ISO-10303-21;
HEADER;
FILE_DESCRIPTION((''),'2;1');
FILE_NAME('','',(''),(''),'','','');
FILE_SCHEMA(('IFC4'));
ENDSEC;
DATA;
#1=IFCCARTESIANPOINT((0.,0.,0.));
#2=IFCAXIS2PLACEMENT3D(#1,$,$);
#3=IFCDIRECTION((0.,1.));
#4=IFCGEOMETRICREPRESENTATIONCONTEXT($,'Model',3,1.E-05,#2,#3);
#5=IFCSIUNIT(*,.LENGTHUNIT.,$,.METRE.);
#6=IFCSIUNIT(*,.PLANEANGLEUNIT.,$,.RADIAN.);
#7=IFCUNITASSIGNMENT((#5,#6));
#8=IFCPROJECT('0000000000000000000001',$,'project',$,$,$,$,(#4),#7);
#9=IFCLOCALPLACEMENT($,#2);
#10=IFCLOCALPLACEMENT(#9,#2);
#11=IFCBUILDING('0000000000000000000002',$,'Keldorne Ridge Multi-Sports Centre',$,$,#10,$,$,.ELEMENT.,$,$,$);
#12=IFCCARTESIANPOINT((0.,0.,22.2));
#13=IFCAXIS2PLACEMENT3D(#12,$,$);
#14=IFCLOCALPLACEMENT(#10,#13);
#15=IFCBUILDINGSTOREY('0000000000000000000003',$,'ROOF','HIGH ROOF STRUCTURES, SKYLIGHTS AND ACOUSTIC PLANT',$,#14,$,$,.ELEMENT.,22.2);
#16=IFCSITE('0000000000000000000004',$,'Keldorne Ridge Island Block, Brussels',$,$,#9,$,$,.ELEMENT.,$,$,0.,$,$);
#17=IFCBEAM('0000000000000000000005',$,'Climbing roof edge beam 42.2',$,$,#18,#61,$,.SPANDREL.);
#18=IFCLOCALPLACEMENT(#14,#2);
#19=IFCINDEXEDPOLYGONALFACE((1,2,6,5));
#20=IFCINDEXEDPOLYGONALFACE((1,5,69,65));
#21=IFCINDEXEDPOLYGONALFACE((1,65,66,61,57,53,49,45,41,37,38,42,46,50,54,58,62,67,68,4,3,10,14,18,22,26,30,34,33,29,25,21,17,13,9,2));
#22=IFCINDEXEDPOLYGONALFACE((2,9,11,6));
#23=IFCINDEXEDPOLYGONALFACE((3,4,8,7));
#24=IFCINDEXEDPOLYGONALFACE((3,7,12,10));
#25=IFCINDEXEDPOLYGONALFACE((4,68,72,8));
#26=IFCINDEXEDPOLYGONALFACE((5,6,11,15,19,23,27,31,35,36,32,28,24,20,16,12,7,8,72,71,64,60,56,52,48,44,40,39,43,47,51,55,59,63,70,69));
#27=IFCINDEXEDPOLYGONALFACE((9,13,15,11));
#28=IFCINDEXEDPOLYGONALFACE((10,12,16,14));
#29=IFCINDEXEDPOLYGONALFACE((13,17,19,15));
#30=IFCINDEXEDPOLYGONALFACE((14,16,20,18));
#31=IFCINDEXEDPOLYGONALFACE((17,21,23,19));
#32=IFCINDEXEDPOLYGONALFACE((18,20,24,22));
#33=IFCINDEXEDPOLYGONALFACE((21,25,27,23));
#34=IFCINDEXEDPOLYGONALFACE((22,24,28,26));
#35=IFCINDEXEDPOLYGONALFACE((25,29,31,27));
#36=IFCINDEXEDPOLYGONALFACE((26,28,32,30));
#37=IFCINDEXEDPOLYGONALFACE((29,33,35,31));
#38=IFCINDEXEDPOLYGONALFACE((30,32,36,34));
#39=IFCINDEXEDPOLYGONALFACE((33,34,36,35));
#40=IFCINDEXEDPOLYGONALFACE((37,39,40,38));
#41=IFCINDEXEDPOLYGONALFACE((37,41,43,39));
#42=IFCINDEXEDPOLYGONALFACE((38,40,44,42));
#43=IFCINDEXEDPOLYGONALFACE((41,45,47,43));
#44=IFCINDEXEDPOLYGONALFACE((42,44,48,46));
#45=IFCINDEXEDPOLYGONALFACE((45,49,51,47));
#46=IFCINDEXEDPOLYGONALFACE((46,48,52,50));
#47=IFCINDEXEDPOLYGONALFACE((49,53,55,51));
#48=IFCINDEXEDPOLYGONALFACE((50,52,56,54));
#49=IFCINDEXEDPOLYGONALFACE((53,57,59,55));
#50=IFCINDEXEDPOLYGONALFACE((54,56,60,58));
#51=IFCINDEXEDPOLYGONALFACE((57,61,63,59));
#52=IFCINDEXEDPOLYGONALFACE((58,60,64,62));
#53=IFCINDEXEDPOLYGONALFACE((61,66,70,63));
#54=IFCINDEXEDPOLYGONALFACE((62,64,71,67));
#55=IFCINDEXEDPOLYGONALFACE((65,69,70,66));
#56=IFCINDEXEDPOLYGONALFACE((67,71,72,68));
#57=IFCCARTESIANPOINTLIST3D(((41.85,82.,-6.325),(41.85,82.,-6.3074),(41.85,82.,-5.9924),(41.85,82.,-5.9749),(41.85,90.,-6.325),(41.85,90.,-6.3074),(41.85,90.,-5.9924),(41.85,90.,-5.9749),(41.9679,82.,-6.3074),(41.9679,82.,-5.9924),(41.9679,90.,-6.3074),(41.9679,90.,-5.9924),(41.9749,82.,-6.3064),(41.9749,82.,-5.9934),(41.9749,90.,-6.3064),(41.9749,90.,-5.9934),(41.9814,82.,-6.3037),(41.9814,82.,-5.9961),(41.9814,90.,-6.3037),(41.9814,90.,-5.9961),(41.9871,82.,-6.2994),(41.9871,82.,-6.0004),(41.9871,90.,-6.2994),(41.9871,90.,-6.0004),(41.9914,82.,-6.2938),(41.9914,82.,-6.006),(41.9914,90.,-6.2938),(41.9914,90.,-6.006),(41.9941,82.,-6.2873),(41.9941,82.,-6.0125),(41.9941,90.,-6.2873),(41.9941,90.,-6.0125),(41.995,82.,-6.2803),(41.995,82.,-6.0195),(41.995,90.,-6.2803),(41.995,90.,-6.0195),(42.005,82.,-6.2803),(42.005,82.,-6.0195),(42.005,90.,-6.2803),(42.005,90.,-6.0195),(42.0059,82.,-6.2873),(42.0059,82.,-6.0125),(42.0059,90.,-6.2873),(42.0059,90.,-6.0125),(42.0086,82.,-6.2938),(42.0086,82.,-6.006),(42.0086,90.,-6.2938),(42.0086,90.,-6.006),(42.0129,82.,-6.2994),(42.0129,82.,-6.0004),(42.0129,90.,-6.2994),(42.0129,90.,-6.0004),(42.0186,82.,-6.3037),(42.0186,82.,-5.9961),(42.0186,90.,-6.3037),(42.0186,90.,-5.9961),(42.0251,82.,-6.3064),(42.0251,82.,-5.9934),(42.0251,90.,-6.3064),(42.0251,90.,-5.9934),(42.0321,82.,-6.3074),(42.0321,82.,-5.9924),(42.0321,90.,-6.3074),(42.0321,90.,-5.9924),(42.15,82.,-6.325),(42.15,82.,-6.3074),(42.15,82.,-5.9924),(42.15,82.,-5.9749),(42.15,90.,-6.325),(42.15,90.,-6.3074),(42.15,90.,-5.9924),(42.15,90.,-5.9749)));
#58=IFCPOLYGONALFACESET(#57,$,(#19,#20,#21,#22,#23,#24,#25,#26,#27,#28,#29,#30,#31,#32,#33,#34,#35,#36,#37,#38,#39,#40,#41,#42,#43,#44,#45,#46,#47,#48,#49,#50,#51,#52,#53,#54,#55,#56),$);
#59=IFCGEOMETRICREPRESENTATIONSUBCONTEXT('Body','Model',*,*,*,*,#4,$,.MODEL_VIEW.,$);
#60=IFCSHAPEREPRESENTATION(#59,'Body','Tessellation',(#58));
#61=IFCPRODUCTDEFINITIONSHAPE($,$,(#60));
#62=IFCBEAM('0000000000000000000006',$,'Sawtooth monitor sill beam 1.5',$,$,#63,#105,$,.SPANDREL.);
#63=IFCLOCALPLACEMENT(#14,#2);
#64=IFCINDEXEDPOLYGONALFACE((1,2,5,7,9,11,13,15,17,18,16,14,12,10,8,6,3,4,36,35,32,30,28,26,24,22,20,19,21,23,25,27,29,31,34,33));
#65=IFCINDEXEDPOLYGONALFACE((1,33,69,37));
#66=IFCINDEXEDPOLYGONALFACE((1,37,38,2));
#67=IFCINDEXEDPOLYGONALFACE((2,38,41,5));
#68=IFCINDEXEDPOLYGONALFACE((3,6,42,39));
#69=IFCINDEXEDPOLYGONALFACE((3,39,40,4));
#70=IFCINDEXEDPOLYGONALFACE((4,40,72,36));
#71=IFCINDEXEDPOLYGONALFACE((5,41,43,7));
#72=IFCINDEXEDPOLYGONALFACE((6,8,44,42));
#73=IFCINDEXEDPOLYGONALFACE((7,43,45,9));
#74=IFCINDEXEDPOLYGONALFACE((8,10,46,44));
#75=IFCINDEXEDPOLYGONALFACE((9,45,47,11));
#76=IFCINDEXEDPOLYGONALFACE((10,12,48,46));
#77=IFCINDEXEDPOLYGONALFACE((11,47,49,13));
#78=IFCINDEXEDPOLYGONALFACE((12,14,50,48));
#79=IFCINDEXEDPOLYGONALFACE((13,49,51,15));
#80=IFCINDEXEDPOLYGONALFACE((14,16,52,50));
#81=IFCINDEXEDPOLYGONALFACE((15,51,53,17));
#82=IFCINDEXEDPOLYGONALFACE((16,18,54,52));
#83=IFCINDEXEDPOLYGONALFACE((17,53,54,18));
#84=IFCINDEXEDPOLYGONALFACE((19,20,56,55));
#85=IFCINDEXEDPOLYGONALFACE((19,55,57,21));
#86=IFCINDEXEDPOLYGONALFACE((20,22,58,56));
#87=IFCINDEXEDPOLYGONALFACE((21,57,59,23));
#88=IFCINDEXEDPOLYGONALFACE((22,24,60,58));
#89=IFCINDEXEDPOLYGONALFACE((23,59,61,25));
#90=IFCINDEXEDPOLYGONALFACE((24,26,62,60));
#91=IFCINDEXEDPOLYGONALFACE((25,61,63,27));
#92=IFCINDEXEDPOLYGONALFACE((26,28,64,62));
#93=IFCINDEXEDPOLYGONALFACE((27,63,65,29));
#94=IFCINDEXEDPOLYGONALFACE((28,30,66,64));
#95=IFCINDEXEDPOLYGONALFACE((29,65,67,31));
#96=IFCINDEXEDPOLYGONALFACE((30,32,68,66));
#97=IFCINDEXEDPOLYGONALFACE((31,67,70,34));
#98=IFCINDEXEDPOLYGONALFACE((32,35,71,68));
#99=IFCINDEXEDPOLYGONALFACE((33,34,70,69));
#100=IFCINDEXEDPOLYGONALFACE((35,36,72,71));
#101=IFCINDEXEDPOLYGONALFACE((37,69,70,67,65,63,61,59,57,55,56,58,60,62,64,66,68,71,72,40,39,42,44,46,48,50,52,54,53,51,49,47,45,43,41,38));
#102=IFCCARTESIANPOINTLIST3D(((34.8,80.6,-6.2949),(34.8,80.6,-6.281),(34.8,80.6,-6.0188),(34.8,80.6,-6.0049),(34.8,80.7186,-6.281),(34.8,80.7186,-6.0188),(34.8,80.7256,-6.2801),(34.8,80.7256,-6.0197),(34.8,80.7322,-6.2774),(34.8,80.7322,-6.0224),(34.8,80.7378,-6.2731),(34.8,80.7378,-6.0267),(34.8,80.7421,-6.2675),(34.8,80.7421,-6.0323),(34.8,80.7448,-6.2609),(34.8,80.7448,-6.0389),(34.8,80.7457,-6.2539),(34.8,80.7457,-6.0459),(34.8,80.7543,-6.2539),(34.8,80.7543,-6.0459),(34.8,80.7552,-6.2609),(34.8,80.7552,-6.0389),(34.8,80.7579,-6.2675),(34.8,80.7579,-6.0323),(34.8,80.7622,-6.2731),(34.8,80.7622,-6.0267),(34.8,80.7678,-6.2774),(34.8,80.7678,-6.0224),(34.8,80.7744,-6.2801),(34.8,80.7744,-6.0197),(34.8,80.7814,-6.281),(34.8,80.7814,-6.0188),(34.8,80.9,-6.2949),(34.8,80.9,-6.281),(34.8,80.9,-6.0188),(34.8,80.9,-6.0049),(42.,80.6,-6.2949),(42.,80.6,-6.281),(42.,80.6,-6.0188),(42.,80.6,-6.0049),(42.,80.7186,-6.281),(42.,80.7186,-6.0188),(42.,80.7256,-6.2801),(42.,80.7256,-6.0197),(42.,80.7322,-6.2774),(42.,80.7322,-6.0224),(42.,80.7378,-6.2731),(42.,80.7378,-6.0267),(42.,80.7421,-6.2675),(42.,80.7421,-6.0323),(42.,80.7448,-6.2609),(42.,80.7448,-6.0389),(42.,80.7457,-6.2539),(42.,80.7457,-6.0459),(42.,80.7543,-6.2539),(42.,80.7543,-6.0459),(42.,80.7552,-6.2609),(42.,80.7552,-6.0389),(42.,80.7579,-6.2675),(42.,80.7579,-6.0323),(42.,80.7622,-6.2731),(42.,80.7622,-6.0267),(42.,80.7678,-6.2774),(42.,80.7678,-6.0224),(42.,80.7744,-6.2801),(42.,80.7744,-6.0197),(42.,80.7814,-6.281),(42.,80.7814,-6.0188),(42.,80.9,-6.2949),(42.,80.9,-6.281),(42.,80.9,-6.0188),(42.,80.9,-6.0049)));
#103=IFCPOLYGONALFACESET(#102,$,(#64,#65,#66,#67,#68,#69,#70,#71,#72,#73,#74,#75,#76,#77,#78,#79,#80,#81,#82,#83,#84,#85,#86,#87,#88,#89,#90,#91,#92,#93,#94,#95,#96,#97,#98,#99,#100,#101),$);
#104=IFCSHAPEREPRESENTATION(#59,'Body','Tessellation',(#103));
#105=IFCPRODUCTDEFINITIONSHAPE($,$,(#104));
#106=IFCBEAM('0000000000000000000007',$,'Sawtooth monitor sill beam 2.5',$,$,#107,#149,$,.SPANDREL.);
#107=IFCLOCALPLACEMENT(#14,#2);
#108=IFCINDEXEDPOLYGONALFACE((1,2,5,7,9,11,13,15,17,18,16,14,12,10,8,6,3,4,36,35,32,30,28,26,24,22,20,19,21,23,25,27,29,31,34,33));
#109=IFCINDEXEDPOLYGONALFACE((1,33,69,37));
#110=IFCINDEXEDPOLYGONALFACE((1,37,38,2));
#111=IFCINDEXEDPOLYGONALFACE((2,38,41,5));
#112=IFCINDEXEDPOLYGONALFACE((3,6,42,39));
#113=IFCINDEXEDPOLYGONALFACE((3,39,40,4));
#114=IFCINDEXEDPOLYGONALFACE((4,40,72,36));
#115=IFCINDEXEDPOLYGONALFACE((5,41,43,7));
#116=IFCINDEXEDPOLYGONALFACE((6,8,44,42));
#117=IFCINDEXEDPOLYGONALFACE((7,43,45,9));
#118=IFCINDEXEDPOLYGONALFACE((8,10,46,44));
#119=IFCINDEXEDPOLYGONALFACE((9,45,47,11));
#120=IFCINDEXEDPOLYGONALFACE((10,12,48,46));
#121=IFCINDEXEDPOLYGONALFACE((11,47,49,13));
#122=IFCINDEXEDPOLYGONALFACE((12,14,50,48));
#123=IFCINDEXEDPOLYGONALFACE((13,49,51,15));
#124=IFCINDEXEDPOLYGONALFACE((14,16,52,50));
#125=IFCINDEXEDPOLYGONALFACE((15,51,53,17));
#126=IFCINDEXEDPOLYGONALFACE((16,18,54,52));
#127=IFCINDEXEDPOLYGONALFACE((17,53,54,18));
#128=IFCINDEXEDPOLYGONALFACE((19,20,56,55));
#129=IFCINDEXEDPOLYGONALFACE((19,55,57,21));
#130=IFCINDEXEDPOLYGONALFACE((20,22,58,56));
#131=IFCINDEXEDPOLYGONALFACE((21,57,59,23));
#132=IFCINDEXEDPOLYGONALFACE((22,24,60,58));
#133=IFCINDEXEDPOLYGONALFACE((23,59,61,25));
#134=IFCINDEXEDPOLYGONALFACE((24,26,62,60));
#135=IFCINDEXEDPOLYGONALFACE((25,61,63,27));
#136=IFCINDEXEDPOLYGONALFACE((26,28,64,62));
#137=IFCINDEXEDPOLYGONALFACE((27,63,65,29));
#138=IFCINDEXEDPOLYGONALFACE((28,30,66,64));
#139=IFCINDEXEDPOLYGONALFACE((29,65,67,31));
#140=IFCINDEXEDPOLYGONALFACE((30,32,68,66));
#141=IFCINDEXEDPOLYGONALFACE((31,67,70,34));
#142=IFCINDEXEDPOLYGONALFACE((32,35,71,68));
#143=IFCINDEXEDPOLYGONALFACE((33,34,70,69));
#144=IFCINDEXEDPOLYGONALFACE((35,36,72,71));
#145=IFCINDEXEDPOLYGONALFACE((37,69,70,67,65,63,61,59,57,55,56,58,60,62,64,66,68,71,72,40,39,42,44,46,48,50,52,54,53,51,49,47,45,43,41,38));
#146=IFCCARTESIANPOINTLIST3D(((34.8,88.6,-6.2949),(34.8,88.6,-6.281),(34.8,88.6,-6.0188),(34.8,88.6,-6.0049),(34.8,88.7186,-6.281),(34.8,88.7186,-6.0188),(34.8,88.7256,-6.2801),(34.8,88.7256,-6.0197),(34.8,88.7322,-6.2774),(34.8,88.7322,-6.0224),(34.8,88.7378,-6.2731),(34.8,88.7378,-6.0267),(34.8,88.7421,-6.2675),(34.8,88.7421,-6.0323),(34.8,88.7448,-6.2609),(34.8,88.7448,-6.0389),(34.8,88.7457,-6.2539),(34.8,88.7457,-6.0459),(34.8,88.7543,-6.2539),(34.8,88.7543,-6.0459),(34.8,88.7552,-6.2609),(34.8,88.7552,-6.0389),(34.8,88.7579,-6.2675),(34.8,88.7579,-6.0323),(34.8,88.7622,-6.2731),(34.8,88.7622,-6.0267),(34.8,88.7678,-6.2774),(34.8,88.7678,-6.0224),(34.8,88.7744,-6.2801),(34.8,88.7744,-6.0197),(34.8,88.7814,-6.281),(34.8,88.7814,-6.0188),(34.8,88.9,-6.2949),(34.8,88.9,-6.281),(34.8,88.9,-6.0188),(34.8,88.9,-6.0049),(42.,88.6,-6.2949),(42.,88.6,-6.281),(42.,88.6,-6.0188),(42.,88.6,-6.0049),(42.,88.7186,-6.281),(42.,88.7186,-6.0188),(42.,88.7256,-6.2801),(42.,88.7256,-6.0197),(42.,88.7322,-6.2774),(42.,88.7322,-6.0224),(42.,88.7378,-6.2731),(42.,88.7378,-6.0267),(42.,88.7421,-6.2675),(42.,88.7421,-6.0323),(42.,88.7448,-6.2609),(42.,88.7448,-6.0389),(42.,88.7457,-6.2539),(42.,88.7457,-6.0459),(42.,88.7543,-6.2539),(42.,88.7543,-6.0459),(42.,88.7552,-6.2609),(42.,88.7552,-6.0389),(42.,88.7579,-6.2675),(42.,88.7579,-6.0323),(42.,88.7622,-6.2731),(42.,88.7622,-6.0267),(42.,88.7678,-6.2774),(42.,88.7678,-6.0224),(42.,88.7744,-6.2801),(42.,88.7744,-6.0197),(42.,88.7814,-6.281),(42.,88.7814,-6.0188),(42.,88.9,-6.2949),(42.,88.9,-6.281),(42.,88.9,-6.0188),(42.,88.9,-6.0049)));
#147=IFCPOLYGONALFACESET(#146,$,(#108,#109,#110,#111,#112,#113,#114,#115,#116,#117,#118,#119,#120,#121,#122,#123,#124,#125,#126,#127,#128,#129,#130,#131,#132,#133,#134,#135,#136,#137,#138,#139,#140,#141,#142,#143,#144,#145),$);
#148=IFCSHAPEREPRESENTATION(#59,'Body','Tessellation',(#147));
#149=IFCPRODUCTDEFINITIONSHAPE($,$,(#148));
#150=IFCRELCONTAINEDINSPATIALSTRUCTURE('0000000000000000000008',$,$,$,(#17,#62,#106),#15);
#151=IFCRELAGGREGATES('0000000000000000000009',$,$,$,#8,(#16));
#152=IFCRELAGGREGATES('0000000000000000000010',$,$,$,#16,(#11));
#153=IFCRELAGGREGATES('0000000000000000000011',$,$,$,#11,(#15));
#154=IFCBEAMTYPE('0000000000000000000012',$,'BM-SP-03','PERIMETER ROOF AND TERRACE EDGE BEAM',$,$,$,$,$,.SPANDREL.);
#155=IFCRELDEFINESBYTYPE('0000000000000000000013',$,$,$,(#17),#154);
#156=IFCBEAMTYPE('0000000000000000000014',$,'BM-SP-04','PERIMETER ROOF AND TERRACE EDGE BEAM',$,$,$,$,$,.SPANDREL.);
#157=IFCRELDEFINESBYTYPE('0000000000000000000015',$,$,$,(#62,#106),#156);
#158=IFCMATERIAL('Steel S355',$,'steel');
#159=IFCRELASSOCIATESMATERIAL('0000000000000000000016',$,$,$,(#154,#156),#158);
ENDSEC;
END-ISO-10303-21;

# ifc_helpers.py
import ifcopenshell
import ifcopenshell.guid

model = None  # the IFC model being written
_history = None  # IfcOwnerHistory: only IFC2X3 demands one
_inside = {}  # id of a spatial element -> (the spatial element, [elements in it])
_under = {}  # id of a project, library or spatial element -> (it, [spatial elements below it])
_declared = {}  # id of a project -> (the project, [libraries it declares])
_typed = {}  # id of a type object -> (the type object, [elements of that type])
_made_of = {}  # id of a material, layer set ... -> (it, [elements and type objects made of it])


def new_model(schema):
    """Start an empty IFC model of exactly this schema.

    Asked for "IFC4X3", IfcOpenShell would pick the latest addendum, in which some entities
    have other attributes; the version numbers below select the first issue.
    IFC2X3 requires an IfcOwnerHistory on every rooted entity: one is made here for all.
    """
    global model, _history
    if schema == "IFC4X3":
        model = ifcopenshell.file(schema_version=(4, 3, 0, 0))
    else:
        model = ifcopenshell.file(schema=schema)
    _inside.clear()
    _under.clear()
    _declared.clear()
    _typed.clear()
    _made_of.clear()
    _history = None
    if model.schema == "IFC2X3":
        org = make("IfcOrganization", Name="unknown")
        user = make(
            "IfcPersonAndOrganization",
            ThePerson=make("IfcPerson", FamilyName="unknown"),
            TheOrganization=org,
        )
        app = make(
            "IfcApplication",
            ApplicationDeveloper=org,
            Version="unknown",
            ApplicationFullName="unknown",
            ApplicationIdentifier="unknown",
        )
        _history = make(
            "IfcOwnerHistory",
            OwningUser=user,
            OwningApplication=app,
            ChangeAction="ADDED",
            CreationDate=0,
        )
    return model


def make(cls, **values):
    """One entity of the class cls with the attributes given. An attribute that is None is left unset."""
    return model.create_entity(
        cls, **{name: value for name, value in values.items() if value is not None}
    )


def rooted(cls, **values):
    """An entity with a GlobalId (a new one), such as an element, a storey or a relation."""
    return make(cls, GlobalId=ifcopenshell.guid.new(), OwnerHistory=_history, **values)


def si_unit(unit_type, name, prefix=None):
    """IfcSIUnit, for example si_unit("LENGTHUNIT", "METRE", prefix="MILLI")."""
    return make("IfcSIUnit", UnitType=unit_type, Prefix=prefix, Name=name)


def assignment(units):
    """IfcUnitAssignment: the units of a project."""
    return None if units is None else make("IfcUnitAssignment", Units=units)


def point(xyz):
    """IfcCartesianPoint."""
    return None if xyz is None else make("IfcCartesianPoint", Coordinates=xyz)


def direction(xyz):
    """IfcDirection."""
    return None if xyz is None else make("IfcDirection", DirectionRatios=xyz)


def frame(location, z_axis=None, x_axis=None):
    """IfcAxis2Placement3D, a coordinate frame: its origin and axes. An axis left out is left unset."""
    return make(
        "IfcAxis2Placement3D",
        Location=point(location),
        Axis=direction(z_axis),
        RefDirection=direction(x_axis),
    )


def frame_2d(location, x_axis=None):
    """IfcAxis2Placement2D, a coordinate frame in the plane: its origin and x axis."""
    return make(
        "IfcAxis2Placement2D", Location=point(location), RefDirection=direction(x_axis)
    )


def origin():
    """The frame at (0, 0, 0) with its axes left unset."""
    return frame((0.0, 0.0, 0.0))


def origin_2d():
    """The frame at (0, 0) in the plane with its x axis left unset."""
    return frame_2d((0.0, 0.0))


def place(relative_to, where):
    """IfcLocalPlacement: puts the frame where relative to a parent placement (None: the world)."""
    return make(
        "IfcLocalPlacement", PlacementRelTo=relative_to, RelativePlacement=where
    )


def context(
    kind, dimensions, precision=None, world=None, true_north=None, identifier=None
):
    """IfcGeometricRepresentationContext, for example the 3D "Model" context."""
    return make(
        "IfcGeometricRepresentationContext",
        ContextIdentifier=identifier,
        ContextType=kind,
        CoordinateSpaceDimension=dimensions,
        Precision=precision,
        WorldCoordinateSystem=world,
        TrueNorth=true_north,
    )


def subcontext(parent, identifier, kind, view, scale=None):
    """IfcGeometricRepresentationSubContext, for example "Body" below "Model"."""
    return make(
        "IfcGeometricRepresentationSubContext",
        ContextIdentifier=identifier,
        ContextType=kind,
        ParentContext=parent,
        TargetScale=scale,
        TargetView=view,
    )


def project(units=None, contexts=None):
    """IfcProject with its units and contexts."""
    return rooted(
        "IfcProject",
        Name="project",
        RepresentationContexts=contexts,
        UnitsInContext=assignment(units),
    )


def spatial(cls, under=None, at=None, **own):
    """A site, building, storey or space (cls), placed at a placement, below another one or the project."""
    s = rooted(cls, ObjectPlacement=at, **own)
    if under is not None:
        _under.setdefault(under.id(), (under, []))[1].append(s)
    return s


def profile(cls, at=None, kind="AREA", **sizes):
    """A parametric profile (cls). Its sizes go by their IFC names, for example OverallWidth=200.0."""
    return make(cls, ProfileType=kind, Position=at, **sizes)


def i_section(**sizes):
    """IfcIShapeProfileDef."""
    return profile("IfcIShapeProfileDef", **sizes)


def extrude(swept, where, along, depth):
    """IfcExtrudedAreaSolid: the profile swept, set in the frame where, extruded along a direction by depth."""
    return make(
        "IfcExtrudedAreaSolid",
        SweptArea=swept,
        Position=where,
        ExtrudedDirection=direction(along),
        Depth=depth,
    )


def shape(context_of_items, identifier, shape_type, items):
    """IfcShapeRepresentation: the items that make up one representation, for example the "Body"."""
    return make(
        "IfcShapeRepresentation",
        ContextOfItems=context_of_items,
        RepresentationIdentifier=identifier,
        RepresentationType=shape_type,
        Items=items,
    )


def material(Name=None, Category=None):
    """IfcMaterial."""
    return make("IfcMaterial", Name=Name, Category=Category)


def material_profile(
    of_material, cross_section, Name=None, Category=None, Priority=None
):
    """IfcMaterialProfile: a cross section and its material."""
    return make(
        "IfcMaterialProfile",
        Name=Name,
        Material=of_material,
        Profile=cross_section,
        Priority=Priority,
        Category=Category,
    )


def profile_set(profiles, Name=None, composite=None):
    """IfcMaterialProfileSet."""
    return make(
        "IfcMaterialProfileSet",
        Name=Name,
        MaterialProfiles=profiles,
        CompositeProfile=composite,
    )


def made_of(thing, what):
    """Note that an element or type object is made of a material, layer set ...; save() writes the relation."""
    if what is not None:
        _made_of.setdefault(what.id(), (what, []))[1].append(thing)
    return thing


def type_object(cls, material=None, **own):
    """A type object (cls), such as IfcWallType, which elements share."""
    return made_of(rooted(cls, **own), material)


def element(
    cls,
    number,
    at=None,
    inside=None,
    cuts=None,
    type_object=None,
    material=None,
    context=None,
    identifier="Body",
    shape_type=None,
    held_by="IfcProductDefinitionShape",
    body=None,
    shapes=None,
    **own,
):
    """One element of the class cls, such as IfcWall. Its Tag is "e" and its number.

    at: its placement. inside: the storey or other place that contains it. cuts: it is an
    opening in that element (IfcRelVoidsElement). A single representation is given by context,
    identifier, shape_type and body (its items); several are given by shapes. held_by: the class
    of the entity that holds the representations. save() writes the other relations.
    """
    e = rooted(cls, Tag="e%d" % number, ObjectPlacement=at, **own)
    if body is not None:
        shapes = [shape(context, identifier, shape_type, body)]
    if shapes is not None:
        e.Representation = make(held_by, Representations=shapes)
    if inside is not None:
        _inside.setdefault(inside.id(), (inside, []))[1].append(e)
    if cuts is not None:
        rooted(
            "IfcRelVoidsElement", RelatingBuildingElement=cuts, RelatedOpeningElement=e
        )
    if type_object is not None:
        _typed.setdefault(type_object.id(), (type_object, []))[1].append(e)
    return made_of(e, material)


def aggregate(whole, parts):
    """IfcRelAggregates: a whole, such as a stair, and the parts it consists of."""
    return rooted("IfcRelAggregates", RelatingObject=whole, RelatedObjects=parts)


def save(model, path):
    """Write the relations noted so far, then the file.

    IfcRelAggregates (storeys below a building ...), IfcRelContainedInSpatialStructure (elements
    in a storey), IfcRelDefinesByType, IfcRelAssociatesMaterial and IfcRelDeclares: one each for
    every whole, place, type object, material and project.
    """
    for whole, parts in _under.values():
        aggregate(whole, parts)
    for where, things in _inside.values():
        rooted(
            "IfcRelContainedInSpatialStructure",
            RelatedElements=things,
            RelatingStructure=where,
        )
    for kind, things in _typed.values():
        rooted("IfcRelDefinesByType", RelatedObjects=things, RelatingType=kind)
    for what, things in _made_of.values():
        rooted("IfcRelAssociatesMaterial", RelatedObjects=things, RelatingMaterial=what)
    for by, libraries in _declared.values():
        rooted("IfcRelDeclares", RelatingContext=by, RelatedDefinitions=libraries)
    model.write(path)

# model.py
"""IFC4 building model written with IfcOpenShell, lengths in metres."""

from ifc_helpers import new_model, si_unit, direction, frame, origin, origin_2d, place, context, subcontext, project, spatial, i_section, extrude, material, material_profile, profile_set, type_object, element, save


model = new_model("IFC4")

# Units and contexts
model_context = context("Model", 3, precision=1e-05, world=origin(), true_north=direction((0.0, 1.0)))
body_context = subcontext(model_context, "Body", "Model", "MODEL_VIEW")
ifc_project = project(units=[si_unit("LENGTHUNIT", "METRE"), si_unit("PLANEANGLEUNIT", "RADIAN")], contexts=[model_context])

# Site, building, storey
site_placement = place(None, origin())
site = spatial("IfcSite", under=ifc_project, at=site_placement, Name="Keldorne Ridge Island Block, Brussels", CompositionType="ELEMENT", RefElevation=0.0)
building_placement = place(site_placement, origin())
building = spatial("IfcBuilding", under=site, at=building_placement, Name="Keldorne Ridge Multi-Sports Centre", CompositionType="ELEMENT")
storey_placement = place(building_placement, frame((0.0, 0.0, 22.2)))
storey = spatial("IfcBuildingStorey", under=building, at=storey_placement, Name="ROOF", Description="HIGH ROOF STRUCTURES, SKYLIGHTS AND ACOUSTIC PLANT", CompositionType="ELEMENT", Elevation=22.2)

# Beams
ifc_material_1 = material(Name="Steel S355", Category="steel")
ifc_material_profile_1 = material_profile(ifc_material_1, i_section(OverallWidth=0.3, OverallDepth=0.3501, WebThickness=0.01, FlangeThickness=0.0176, FilletRadius=0.0271, at=origin_2d()), Name="HEA 360")
ifc_profile_set_1 = profile_set([ifc_material_profile_1], Name="Steel S355")
beam_type_1 = type_object("IfcBeamType", Name="BM-SP-03", Description="PERIMETER ROOF AND TERRACE EDGE BEAM", PredefinedType="SPANDREL", material=ifc_profile_set_1)
for number, where, z_axis, x_axis, name in (
    (1, (42.0, 82.0, -6.1499), (0.0, 1.0, 0.0), (-1.0, 0.0, 0.0), "Climbing roof edge beam 42.2"),
):
    element("IfcBeam", number, at=place(storey_placement, frame(where, z_axis=z_axis, x_axis=x_axis)), inside=storey, type_object=beam_type_1, Name=name, PredefinedType="SPANDREL", context=body_context, shape_type="SweptSolid", body=[
        extrude(i_section(OverallWidth=0.3, OverallDepth=0.3501, WebThickness=0.01, FlangeThickness=0.0176, FilletRadius=0.0271, at=origin_2d()), origin(), (0.0, 0.0, 1.0), 8.0),
    ])
ifc_material_profile_2 = material_profile(ifc_material_1, i_section(OverallWidth=0.3, OverallDepth=0.29, WebThickness=0.0085, FlangeThickness=0.0139, FilletRadius=0.0271, at=origin_2d()), Name="HEA 300")
ifc_profile_set_2 = profile_set([ifc_material_profile_2], Name="Steel S355")
beam_type_2 = type_object("IfcBeamType", Name="BM-SP-04", Description="PERIMETER ROOF AND TERRACE EDGE BEAM", PredefinedType="SPANDREL", material=ifc_profile_set_2)
for number, where, z_axis, x_axis, name in (
    (2, (34.8, 80.75, -6.1499), (1.0, 0.0, 0.0), (0.0, 1.0, 0.0), "Sawtooth monitor sill beam 1.5"),
    (3, (34.8, 88.75, -6.1499), (1.0, 0.0, 0.0), (0.0, 1.0, 0.0), "Sawtooth monitor sill beam 2.5"),
):
    element("IfcBeam", number, at=place(storey_placement, frame(where, z_axis=z_axis, x_axis=x_axis)), inside=storey, type_object=beam_type_2, Name=name, PredefinedType="SPANDREL", context=body_context, shape_type="SweptSolid", body=[
        extrude(i_section(OverallWidth=0.3, OverallDepth=0.29, WebThickness=0.0085, FlangeThickness=0.0139, FilletRadius=0.0271, at=origin_2d()), origin(), (0.0, 0.0, 1.0), 7.2),
    ])

save(model, "model.ifc")
